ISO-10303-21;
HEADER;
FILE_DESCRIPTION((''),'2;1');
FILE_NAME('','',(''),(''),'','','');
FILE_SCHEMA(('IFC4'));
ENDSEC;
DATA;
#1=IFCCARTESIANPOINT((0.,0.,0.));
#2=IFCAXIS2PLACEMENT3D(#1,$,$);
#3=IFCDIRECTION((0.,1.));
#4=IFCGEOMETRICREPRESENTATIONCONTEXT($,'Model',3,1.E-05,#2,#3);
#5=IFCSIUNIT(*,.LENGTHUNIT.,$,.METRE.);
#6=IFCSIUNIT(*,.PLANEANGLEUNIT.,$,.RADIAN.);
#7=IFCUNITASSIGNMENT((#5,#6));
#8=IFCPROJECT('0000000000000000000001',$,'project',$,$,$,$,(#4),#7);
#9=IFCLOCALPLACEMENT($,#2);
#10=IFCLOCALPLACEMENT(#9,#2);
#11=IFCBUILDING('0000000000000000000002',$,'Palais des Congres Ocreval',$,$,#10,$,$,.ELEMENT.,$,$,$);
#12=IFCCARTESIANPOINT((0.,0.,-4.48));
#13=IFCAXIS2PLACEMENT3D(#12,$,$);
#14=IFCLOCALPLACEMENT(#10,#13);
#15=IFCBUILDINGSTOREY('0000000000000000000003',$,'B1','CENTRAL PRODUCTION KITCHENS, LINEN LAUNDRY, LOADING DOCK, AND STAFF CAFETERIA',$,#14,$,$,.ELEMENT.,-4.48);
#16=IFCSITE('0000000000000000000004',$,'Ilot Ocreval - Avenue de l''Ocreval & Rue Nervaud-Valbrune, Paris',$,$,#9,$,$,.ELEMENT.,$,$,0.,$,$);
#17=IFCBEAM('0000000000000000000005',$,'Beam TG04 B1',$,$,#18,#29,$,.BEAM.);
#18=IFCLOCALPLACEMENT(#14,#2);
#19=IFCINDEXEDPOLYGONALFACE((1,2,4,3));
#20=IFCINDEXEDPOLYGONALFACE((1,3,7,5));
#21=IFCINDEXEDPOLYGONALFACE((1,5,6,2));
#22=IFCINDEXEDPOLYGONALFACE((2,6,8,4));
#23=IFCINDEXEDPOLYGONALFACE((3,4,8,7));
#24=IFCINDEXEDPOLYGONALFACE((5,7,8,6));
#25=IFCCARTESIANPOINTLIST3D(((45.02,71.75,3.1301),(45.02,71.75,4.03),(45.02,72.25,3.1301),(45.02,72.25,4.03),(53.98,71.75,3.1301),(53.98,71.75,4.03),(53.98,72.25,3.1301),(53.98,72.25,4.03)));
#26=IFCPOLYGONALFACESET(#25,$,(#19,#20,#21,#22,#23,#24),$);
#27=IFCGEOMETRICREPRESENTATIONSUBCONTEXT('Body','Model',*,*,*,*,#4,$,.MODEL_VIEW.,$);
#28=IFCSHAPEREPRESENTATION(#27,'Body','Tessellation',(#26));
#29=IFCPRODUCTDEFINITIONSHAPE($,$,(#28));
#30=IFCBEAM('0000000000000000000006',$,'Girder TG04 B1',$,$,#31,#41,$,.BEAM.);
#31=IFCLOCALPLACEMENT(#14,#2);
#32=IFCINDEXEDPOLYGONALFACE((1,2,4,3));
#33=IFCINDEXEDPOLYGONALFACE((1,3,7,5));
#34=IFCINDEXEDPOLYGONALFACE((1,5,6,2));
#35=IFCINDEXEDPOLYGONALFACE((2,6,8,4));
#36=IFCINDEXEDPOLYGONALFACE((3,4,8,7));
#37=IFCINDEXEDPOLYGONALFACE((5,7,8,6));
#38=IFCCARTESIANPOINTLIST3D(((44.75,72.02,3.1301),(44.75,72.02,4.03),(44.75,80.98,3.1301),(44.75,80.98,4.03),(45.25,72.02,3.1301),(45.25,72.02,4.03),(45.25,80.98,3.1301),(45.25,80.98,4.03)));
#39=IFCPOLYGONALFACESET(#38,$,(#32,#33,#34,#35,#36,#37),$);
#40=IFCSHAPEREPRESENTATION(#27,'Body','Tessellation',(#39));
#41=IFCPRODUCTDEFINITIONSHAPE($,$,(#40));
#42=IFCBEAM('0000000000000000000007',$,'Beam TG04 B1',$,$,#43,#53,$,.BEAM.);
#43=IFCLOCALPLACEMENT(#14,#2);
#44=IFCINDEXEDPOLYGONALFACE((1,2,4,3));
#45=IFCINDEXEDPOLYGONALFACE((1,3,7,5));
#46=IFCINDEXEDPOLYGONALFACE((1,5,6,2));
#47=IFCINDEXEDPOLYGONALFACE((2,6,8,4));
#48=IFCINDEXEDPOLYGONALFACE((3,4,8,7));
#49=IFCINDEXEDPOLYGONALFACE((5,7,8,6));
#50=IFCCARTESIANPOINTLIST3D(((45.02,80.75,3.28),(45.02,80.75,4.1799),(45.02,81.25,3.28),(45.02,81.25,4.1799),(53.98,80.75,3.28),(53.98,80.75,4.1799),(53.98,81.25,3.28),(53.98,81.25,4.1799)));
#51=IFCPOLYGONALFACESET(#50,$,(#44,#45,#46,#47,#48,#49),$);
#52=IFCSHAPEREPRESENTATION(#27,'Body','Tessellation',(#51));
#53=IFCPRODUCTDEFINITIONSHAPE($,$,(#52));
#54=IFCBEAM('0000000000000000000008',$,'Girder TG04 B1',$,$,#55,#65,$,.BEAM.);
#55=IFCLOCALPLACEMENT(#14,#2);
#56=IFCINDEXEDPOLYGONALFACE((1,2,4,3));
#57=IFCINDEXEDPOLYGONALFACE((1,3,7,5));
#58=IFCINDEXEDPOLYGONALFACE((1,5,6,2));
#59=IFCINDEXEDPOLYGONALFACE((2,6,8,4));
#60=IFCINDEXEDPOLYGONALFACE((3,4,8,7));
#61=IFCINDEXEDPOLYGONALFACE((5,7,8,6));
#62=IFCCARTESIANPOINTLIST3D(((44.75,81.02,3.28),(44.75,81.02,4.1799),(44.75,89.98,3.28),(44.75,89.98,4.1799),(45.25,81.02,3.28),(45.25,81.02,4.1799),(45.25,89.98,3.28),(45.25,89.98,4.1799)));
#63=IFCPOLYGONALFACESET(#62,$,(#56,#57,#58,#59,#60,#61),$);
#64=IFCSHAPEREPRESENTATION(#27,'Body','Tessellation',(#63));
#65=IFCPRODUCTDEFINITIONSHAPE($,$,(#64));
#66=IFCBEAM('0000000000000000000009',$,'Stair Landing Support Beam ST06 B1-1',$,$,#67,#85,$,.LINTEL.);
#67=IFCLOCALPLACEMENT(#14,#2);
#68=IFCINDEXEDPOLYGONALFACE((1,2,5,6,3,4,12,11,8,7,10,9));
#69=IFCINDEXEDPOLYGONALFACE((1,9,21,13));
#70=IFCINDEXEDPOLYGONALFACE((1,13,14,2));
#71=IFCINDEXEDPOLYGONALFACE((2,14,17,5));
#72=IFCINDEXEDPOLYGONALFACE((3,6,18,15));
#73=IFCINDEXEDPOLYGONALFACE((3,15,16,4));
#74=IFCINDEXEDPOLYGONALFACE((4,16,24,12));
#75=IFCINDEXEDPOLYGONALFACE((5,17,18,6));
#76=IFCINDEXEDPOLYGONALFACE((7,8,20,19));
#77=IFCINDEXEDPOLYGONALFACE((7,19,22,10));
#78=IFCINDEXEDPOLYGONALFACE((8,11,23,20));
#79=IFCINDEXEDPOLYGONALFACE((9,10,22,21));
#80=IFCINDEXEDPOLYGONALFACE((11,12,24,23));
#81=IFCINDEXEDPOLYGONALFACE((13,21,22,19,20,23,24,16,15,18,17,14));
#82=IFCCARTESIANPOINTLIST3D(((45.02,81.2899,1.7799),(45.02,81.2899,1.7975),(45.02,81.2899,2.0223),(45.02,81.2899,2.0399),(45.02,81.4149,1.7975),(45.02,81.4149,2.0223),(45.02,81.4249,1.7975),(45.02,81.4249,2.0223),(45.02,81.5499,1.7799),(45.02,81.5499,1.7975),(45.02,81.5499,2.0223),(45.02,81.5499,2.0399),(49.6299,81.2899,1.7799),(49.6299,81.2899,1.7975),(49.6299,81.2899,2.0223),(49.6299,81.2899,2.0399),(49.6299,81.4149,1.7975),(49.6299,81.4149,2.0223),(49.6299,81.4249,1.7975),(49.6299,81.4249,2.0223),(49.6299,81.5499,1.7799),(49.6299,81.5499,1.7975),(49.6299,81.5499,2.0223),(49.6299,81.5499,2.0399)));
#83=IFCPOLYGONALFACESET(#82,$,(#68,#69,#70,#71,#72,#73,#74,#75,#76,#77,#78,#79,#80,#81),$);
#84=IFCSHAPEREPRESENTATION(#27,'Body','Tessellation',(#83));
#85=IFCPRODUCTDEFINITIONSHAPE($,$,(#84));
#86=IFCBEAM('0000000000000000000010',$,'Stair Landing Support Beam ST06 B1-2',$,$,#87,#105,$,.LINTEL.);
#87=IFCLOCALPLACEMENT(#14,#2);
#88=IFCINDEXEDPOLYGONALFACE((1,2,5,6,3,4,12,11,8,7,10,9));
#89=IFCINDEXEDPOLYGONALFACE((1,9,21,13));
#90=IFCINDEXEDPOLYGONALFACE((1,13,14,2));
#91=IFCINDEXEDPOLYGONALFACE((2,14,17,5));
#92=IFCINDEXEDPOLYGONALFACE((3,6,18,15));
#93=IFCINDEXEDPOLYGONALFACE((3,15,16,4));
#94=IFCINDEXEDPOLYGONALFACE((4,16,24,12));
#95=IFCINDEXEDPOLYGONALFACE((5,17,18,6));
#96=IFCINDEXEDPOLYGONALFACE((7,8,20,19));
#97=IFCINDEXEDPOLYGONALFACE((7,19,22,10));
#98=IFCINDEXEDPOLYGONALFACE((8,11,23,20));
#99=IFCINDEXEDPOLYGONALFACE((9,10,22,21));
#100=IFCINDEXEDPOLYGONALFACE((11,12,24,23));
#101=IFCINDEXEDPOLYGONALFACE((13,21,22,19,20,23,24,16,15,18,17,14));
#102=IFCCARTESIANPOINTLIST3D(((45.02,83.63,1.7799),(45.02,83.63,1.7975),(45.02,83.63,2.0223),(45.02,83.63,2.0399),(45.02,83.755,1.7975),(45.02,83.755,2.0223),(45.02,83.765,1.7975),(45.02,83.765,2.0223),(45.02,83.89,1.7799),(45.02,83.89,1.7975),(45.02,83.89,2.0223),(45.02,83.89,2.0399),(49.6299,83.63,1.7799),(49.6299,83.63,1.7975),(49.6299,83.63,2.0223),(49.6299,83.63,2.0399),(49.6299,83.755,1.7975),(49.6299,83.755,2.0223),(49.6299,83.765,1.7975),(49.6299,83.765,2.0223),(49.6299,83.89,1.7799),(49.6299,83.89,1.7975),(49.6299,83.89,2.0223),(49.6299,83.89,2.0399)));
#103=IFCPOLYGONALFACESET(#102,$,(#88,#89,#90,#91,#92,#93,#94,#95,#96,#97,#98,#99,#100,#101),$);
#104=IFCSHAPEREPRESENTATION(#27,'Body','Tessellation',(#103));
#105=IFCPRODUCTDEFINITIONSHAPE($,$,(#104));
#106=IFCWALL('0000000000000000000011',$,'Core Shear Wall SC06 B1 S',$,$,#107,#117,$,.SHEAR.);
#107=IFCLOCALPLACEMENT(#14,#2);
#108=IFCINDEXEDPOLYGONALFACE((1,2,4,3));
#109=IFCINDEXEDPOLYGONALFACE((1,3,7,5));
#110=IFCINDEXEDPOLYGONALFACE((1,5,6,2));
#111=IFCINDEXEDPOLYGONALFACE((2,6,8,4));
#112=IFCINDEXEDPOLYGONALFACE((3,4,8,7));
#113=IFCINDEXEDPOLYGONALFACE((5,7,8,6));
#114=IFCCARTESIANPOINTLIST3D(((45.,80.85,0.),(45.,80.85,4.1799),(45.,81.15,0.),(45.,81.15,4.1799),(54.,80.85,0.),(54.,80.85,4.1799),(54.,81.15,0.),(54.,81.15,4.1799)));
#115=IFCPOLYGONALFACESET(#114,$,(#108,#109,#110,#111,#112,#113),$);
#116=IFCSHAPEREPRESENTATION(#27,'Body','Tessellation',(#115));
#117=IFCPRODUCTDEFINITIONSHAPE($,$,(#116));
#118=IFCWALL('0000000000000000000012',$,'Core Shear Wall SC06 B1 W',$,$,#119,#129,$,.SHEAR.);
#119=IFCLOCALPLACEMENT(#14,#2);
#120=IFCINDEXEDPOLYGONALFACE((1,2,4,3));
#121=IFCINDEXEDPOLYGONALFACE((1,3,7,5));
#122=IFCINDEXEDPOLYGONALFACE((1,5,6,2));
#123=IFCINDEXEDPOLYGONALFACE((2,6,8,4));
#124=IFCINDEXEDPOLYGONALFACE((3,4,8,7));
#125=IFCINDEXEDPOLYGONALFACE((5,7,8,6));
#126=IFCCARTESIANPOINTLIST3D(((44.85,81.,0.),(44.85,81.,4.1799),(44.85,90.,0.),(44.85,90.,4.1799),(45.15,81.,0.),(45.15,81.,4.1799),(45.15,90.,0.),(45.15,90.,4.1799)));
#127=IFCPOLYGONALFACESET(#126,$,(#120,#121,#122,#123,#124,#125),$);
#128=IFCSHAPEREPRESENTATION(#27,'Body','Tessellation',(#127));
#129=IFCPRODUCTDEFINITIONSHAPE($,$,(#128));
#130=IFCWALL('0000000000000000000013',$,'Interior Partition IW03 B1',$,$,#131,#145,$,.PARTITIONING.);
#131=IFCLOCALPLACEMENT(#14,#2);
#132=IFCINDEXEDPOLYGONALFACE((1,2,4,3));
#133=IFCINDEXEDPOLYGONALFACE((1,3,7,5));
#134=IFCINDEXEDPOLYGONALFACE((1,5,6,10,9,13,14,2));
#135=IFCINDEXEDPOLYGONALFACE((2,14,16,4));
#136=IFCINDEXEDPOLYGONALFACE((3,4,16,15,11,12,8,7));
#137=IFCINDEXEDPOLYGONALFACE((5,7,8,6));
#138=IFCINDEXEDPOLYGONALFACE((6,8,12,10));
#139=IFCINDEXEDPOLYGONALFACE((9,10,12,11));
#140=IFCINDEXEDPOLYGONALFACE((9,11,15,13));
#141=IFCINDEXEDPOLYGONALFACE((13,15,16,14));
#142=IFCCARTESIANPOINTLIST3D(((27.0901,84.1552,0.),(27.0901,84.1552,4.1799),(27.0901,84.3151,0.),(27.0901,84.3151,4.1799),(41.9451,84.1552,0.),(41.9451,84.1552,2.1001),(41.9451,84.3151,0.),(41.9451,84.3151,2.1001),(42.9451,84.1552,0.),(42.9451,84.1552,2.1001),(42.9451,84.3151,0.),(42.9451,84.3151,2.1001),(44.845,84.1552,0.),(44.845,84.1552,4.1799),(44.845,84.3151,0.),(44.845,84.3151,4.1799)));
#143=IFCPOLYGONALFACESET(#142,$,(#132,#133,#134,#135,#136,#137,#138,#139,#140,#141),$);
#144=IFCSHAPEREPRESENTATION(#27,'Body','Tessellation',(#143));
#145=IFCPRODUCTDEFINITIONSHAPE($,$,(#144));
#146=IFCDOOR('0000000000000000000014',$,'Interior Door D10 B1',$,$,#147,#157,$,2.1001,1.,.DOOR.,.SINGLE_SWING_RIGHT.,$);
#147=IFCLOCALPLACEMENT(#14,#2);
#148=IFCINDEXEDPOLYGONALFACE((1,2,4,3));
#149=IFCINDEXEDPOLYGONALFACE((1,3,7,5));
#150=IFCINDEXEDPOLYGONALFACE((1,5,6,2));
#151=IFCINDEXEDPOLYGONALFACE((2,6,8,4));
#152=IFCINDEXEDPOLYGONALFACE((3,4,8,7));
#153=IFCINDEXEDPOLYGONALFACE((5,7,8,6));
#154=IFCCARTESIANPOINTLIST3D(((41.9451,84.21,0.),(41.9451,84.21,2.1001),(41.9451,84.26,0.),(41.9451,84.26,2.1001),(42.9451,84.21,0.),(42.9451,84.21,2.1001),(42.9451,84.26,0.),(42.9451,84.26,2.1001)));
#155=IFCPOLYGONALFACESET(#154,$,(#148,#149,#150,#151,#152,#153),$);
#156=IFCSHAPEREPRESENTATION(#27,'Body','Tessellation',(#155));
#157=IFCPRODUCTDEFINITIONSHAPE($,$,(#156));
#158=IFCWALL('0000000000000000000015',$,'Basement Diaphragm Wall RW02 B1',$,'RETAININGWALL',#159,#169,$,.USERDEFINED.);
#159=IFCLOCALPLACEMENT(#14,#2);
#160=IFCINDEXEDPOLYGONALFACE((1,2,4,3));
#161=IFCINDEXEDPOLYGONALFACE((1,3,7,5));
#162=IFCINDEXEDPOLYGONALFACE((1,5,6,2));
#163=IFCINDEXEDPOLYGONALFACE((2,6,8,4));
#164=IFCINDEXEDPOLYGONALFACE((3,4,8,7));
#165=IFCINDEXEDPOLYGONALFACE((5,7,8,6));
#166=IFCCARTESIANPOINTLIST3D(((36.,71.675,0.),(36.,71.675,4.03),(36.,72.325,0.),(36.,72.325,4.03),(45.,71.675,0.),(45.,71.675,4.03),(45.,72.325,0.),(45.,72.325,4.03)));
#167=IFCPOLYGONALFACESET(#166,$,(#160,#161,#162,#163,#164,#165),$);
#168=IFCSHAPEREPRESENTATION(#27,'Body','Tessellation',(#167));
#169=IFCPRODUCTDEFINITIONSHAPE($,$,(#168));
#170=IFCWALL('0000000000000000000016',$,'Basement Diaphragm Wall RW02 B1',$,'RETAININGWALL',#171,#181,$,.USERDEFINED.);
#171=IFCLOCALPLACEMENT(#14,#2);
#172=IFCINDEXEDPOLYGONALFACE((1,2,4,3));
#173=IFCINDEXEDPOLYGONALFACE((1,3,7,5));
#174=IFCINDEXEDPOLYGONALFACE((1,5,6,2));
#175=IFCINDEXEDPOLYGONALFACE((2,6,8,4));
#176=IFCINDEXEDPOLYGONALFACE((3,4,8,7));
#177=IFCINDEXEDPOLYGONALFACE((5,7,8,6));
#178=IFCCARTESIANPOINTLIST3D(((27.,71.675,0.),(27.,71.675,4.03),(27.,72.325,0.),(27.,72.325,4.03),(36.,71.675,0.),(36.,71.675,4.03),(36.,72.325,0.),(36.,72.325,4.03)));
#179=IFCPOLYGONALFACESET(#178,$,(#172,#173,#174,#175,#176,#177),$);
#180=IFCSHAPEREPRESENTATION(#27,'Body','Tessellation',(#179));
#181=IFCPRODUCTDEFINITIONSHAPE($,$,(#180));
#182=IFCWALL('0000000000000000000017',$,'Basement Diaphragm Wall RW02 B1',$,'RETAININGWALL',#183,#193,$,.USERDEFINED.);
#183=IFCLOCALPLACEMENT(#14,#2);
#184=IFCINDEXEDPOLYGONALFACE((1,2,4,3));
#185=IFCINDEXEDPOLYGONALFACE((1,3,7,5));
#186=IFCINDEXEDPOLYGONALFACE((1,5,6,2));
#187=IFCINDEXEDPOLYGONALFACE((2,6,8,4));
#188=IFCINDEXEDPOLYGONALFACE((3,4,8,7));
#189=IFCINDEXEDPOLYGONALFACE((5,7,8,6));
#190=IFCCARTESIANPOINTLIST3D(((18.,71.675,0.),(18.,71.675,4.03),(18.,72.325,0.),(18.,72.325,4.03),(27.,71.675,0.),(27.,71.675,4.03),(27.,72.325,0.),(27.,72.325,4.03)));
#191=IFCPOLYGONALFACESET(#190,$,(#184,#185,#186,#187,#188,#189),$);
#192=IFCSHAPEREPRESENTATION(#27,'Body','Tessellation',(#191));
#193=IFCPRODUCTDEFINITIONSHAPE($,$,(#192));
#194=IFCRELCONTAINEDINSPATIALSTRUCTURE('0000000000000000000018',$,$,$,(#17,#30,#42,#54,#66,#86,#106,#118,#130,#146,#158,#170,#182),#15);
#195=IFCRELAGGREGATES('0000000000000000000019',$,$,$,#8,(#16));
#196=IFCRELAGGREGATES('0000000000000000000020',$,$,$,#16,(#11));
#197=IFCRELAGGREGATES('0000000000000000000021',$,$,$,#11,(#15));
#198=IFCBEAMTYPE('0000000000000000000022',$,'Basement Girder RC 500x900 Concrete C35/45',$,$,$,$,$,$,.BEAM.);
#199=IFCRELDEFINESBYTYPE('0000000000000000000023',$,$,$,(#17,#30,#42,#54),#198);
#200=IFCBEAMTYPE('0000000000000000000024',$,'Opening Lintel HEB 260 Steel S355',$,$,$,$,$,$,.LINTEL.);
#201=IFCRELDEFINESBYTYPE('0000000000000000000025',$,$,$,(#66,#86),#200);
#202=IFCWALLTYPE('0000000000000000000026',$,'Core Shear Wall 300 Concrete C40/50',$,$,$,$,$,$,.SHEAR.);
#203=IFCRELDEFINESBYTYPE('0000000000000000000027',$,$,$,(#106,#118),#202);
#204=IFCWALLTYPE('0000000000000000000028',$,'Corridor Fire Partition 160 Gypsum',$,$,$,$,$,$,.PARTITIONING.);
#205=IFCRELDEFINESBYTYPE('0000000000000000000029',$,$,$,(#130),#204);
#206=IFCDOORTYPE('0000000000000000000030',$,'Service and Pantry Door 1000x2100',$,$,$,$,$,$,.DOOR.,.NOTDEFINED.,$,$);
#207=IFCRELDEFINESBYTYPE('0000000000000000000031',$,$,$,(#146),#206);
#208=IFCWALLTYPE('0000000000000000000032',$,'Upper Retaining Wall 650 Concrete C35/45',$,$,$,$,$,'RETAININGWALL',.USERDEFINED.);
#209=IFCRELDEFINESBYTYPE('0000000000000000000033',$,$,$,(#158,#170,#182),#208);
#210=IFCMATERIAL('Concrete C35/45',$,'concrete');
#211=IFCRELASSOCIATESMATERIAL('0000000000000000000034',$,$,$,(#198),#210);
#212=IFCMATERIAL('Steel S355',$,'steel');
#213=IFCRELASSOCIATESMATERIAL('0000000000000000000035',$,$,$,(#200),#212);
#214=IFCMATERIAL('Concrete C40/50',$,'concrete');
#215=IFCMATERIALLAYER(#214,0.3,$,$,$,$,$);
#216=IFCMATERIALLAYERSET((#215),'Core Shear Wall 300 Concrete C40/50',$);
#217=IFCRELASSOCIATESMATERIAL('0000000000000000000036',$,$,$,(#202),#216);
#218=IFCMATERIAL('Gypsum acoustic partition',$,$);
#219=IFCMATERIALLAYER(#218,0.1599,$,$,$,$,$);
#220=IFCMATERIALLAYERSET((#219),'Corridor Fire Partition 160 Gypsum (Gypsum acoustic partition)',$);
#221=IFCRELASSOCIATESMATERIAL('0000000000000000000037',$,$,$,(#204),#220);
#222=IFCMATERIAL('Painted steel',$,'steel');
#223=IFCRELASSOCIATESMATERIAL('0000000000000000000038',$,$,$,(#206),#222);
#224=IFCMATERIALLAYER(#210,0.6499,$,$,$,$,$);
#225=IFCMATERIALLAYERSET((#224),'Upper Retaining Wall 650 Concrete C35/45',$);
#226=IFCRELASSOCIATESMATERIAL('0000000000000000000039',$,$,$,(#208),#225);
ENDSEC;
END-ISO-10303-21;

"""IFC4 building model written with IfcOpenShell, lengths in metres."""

from ifc_helpers import new_model, si_unit, direction, frame, frame_2d, origin, origin_2d, place, context, subcontext, project, spatial, rectangle, i_section, extrude, material, layer, layer_set, material_profile, profile_set, type_object, element, fill, save


model = new_model("IFC4")

# Units and contexts
model_context = context("Model", 3, precision=1e-05, world=origin(), true_north=direction((0.0, 1.0)))
body_context = subcontext(model_context, "Body", "Model", "MODEL_VIEW")
ifc_project = project(units=[si_unit("LENGTHUNIT", "METRE"), si_unit("PLANEANGLEUNIT", "RADIAN")], contexts=[model_context])

# Site, building, storey
site_placement = place(None, origin())
site = spatial("IfcSite", under=ifc_project, at=site_placement, Name="Ilot Ocreval - Avenue de l'Ocreval & Rue Nervaud-Valbrune, Paris", CompositionType="ELEMENT", RefElevation=0.0)
building_placement = place(site_placement, origin())
building = spatial("IfcBuilding", under=site, at=building_placement, Name="Palais des Congres Ocreval", CompositionType="ELEMENT")
storey_placement = place(building_placement, frame((0.0, 0.0, -4.48)))
storey = spatial("IfcBuildingStorey", under=building, at=storey_placement, Name="B1", Description="CENTRAL PRODUCTION KITCHENS, LINEN LAUNDRY, LOADING DOCK, AND STAFF CAFETERIA", CompositionType="ELEMENT", Elevation=-4.48)

# Shared definitions
ifc_material_1 = material(Name="Steel S355", Category="steel")

# Beams
ifc_material_2 = material(Name="Concrete C35/45", Category="concrete")
ifc_material_profile_1 = material_profile(ifc_material_2, rectangle(XDim=0.5, YDim=0.8999, at=origin_2d()), Name="RC 500x900")
ifc_profile_set_1 = profile_set([ifc_material_profile_1], Name="Concrete C35/45")
beam_type_1 = type_object("IfcBeamType", Name="Basement Girder RC 500x900 Concrete C35/45", PredefinedType="BEAM", material=ifc_profile_set_1)
for number, where, z_axis, x_axis, name in (
    (1, (45.02, 72.0, 3.5801), (1.0, 0.0, 0.0), (0.0, 1.0, 0.0), "Beam TG04 B1"),
    (2, (45.0, 72.02, 3.5801), (0.0, 1.0, 0.0), (-1.0, 0.0, 0.0), "Girder TG04 B1"),
    (3, (45.02, 81.0, 3.73), (1.0, 0.0, 0.0), (0.0, 1.0, 0.0), "Beam TG04 B1"),
    (4, (45.0, 81.02, 3.73), (0.0, 1.0, 0.0), (-1.0, 0.0, 0.0), "Girder TG04 B1"),
):
    element("IfcBeam", number, at=place(storey_placement, frame(where, z_axis=z_axis, x_axis=x_axis)), inside=storey, type_object=beam_type_1, Name=name, PredefinedType="BEAM", context=body_context, shape_type="SweptSolid", body=[
        extrude(rectangle(XDim=0.5, YDim=0.8999, at=origin_2d()), origin(), (0.0, 0.0, 1.0), 8.96),
    ])
ifc_material_profile_2 = material_profile(ifc_material_1, i_section(OverallWidth=0.26, OverallDepth=0.26, WebThickness=0.01, FlangeThickness=0.0176, at=origin_2d()), Name="HEB 260")
ifc_profile_set_2 = profile_set([ifc_material_profile_2], Name="Steel S355")
beam_type_2 = type_object("IfcBeamType", Name="Opening Lintel HEB 260 Steel S355", PredefinedType="LINTEL", material=ifc_profile_set_2)
for number, where, z_axis, x_axis, name in (
    (5, (45.02, 81.4199, 1.9099), (1.0, 0.0, 0.0), (0.0, 1.0, 0.0), "Stair Landing Support Beam ST06 B1-1"),
    (6, (45.02, 83.76, 1.9099), (1.0, 0.0, 0.0), (0.0, 1.0, 0.0), "Stair Landing Support Beam ST06 B1-2"),
):
    element("IfcBeam", number, at=place(storey_placement, frame(where, z_axis=z_axis, x_axis=x_axis)), inside=storey, type_object=beam_type_2, Name=name, PredefinedType="LINTEL", context=body_context, shape_type="SweptSolid", body=[
        extrude(i_section(OverallWidth=0.26, OverallDepth=0.26, WebThickness=0.01, FlangeThickness=0.0176, at=origin_2d()), origin(), (0.0, 0.0, 1.0), 4.6099),
    ])

# Walls
ifc_material_3 = material(Name="Concrete C40/50", Category="concrete")
ifc_layer_1 = layer(ifc_material_3, 0.3)
ifc_layer_set_1 = layer_set([ifc_layer_1], Name="Core Shear Wall 300 Concrete C40/50")
wall_type_1 = type_object("IfcWallType", Name="Core Shear Wall 300 Concrete C40/50", PredefinedType="SHEAR", material=ifc_layer_set_1)
for number, where, z_axis, x_axis, name in (
    (7, (45.0, 81.0, 0.0), (0.0, 0.0, 1.0), (1.0, 0.0, 0.0), "Core Shear Wall SC06 B1 S"),
    (8, (45.0, 81.0, 0.0), (0.0, 0.0, 1.0), (0.0, 1.0, 0.0), "Core Shear Wall SC06 B1 W"),
):
    element("IfcWall", number, at=place(storey_placement, frame(where, z_axis=z_axis, x_axis=x_axis)), inside=storey, type_object=wall_type_1, Name=name, PredefinedType="SHEAR", context=body_context, shape_type="SweptSolid", body=[
        extrude(rectangle(XDim=9.0, YDim=0.3, at=frame_2d((4.5, 0.0))), origin(), (0.0, 0.0, 1.0), 4.1799),
    ])

# Wall, opening, door
ifc_material_4 = material(Name="Gypsum acoustic partition")
ifc_layer_2 = layer(ifc_material_4, 0.1599)
ifc_layer_set_2 = layer_set([ifc_layer_2], Name="Corridor Fire Partition 160 Gypsum (Gypsum acoustic partition)")
wall_type_2 = type_object("IfcWallType", Name="Corridor Fire Partition 160 Gypsum", PredefinedType="PARTITIONING", material=ifc_layer_set_2)
wall_placement = place(storey_placement, frame((27.0901, 84.2351, 0.0), z_axis=(0.0, 0.0, 1.0), x_axis=(1.0, 0.0, 0.0)))
wall = element("IfcWall", 9, at=wall_placement, inside=storey, type_object=wall_type_2, Name="Interior Partition IW03 B1", PredefinedType="PARTITIONING", context=body_context, shape_type="SweptSolid", body=[
    extrude(rectangle(XDim=17.7549, YDim=0.1599, at=frame_2d((8.8774, 0.0))), origin(), (0.0, 0.0, 1.0), 4.1799),
])
opening_placement = place(wall_placement, frame((14.855, 0.0, 0.0)))
opening = element("IfcOpeningElement", 10, at=opening_placement, cuts=wall, PredefinedType="OPENING", context=body_context, shape_type="SweptSolid", body=[
    extrude(rectangle(XDim=1.0, YDim=2.1001, at=frame_2d((0.5, 1.05))), frame((0.0, 0.0898, 0.0), z_axis=(0.0, -1.0, 0.0), x_axis=(1.0, 0.0, 0.0)), (0.0, 0.0, 1.0), 0.1799),
])
ifc_material_5 = material(Name="Painted steel", Category="steel")
door_type = type_object("IfcDoorType", Name="Service and Pantry Door 1000x2100", OperationType="NOTDEFINED", PredefinedType="DOOR", material=ifc_material_5)
door_placement = place(opening_placement, origin())
door = element("IfcDoor", 11, at=door_placement, inside=storey, type_object=door_type, Name="Interior Door D10 B1", OperationType="SINGLE_SWING_RIGHT", OverallHeight=2.1001, OverallWidth=1.0, PredefinedType="DOOR", context=body_context, shape_type="SweptSolid", body=[
    extrude(rectangle(XDim=1.0, YDim=2.1001, at=frame_2d((0.5, 1.05))), frame((0.0, 0.0249, 0.0), z_axis=(0.0, -1.0, 0.0), x_axis=(1.0, 0.0, 0.0)), (0.0, 0.0, 1.0), 0.05),
])
fill(opening, door)

# Walls
ifc_layer_3 = layer(ifc_material_2, 0.6499)
ifc_layer_set_3 = layer_set([ifc_layer_3], Name="Upper Retaining Wall 650 Concrete C35/45")
wall_type_3 = type_object("IfcWallType", Name="Upper Retaining Wall 650 Concrete C35/45", ElementType="RETAININGWALL", PredefinedType="USERDEFINED", material=ifc_layer_set_3)
for number, where, z_axis, x_axis, name in (
    (12, (45.0, 72.0, 0.0), (0.0, 0.0, 1.0), (-1.0, 0.0, 0.0), "Basement Diaphragm Wall RW02 B1"),
    (13, (36.0, 72.0, 0.0), (0.0, 0.0, 1.0), (-1.0, 0.0, 0.0), "Basement Diaphragm Wall RW02 B1"),
    (14, (27.0, 72.0, 0.0), (0.0, 0.0, 1.0), (-1.0, 0.0, 0.0), "Basement Diaphragm Wall RW02 B1"),
):
    element("IfcWall", number, at=place(storey_placement, frame(where, z_axis=z_axis, x_axis=x_axis)), inside=storey, type_object=wall_type_3, Name=name, ObjectType="RETAININGWALL", PredefinedType="USERDEFINED", context=body_context, shape_type="SweptSolid", body=[
        extrude(rectangle(XDim=9.0, YDim=0.6499, at=frame_2d((4.5, 0.0))), origin(), (0.0, 0.0, 1.0), 4.03),
    ])

save(model, "model.ifc")
